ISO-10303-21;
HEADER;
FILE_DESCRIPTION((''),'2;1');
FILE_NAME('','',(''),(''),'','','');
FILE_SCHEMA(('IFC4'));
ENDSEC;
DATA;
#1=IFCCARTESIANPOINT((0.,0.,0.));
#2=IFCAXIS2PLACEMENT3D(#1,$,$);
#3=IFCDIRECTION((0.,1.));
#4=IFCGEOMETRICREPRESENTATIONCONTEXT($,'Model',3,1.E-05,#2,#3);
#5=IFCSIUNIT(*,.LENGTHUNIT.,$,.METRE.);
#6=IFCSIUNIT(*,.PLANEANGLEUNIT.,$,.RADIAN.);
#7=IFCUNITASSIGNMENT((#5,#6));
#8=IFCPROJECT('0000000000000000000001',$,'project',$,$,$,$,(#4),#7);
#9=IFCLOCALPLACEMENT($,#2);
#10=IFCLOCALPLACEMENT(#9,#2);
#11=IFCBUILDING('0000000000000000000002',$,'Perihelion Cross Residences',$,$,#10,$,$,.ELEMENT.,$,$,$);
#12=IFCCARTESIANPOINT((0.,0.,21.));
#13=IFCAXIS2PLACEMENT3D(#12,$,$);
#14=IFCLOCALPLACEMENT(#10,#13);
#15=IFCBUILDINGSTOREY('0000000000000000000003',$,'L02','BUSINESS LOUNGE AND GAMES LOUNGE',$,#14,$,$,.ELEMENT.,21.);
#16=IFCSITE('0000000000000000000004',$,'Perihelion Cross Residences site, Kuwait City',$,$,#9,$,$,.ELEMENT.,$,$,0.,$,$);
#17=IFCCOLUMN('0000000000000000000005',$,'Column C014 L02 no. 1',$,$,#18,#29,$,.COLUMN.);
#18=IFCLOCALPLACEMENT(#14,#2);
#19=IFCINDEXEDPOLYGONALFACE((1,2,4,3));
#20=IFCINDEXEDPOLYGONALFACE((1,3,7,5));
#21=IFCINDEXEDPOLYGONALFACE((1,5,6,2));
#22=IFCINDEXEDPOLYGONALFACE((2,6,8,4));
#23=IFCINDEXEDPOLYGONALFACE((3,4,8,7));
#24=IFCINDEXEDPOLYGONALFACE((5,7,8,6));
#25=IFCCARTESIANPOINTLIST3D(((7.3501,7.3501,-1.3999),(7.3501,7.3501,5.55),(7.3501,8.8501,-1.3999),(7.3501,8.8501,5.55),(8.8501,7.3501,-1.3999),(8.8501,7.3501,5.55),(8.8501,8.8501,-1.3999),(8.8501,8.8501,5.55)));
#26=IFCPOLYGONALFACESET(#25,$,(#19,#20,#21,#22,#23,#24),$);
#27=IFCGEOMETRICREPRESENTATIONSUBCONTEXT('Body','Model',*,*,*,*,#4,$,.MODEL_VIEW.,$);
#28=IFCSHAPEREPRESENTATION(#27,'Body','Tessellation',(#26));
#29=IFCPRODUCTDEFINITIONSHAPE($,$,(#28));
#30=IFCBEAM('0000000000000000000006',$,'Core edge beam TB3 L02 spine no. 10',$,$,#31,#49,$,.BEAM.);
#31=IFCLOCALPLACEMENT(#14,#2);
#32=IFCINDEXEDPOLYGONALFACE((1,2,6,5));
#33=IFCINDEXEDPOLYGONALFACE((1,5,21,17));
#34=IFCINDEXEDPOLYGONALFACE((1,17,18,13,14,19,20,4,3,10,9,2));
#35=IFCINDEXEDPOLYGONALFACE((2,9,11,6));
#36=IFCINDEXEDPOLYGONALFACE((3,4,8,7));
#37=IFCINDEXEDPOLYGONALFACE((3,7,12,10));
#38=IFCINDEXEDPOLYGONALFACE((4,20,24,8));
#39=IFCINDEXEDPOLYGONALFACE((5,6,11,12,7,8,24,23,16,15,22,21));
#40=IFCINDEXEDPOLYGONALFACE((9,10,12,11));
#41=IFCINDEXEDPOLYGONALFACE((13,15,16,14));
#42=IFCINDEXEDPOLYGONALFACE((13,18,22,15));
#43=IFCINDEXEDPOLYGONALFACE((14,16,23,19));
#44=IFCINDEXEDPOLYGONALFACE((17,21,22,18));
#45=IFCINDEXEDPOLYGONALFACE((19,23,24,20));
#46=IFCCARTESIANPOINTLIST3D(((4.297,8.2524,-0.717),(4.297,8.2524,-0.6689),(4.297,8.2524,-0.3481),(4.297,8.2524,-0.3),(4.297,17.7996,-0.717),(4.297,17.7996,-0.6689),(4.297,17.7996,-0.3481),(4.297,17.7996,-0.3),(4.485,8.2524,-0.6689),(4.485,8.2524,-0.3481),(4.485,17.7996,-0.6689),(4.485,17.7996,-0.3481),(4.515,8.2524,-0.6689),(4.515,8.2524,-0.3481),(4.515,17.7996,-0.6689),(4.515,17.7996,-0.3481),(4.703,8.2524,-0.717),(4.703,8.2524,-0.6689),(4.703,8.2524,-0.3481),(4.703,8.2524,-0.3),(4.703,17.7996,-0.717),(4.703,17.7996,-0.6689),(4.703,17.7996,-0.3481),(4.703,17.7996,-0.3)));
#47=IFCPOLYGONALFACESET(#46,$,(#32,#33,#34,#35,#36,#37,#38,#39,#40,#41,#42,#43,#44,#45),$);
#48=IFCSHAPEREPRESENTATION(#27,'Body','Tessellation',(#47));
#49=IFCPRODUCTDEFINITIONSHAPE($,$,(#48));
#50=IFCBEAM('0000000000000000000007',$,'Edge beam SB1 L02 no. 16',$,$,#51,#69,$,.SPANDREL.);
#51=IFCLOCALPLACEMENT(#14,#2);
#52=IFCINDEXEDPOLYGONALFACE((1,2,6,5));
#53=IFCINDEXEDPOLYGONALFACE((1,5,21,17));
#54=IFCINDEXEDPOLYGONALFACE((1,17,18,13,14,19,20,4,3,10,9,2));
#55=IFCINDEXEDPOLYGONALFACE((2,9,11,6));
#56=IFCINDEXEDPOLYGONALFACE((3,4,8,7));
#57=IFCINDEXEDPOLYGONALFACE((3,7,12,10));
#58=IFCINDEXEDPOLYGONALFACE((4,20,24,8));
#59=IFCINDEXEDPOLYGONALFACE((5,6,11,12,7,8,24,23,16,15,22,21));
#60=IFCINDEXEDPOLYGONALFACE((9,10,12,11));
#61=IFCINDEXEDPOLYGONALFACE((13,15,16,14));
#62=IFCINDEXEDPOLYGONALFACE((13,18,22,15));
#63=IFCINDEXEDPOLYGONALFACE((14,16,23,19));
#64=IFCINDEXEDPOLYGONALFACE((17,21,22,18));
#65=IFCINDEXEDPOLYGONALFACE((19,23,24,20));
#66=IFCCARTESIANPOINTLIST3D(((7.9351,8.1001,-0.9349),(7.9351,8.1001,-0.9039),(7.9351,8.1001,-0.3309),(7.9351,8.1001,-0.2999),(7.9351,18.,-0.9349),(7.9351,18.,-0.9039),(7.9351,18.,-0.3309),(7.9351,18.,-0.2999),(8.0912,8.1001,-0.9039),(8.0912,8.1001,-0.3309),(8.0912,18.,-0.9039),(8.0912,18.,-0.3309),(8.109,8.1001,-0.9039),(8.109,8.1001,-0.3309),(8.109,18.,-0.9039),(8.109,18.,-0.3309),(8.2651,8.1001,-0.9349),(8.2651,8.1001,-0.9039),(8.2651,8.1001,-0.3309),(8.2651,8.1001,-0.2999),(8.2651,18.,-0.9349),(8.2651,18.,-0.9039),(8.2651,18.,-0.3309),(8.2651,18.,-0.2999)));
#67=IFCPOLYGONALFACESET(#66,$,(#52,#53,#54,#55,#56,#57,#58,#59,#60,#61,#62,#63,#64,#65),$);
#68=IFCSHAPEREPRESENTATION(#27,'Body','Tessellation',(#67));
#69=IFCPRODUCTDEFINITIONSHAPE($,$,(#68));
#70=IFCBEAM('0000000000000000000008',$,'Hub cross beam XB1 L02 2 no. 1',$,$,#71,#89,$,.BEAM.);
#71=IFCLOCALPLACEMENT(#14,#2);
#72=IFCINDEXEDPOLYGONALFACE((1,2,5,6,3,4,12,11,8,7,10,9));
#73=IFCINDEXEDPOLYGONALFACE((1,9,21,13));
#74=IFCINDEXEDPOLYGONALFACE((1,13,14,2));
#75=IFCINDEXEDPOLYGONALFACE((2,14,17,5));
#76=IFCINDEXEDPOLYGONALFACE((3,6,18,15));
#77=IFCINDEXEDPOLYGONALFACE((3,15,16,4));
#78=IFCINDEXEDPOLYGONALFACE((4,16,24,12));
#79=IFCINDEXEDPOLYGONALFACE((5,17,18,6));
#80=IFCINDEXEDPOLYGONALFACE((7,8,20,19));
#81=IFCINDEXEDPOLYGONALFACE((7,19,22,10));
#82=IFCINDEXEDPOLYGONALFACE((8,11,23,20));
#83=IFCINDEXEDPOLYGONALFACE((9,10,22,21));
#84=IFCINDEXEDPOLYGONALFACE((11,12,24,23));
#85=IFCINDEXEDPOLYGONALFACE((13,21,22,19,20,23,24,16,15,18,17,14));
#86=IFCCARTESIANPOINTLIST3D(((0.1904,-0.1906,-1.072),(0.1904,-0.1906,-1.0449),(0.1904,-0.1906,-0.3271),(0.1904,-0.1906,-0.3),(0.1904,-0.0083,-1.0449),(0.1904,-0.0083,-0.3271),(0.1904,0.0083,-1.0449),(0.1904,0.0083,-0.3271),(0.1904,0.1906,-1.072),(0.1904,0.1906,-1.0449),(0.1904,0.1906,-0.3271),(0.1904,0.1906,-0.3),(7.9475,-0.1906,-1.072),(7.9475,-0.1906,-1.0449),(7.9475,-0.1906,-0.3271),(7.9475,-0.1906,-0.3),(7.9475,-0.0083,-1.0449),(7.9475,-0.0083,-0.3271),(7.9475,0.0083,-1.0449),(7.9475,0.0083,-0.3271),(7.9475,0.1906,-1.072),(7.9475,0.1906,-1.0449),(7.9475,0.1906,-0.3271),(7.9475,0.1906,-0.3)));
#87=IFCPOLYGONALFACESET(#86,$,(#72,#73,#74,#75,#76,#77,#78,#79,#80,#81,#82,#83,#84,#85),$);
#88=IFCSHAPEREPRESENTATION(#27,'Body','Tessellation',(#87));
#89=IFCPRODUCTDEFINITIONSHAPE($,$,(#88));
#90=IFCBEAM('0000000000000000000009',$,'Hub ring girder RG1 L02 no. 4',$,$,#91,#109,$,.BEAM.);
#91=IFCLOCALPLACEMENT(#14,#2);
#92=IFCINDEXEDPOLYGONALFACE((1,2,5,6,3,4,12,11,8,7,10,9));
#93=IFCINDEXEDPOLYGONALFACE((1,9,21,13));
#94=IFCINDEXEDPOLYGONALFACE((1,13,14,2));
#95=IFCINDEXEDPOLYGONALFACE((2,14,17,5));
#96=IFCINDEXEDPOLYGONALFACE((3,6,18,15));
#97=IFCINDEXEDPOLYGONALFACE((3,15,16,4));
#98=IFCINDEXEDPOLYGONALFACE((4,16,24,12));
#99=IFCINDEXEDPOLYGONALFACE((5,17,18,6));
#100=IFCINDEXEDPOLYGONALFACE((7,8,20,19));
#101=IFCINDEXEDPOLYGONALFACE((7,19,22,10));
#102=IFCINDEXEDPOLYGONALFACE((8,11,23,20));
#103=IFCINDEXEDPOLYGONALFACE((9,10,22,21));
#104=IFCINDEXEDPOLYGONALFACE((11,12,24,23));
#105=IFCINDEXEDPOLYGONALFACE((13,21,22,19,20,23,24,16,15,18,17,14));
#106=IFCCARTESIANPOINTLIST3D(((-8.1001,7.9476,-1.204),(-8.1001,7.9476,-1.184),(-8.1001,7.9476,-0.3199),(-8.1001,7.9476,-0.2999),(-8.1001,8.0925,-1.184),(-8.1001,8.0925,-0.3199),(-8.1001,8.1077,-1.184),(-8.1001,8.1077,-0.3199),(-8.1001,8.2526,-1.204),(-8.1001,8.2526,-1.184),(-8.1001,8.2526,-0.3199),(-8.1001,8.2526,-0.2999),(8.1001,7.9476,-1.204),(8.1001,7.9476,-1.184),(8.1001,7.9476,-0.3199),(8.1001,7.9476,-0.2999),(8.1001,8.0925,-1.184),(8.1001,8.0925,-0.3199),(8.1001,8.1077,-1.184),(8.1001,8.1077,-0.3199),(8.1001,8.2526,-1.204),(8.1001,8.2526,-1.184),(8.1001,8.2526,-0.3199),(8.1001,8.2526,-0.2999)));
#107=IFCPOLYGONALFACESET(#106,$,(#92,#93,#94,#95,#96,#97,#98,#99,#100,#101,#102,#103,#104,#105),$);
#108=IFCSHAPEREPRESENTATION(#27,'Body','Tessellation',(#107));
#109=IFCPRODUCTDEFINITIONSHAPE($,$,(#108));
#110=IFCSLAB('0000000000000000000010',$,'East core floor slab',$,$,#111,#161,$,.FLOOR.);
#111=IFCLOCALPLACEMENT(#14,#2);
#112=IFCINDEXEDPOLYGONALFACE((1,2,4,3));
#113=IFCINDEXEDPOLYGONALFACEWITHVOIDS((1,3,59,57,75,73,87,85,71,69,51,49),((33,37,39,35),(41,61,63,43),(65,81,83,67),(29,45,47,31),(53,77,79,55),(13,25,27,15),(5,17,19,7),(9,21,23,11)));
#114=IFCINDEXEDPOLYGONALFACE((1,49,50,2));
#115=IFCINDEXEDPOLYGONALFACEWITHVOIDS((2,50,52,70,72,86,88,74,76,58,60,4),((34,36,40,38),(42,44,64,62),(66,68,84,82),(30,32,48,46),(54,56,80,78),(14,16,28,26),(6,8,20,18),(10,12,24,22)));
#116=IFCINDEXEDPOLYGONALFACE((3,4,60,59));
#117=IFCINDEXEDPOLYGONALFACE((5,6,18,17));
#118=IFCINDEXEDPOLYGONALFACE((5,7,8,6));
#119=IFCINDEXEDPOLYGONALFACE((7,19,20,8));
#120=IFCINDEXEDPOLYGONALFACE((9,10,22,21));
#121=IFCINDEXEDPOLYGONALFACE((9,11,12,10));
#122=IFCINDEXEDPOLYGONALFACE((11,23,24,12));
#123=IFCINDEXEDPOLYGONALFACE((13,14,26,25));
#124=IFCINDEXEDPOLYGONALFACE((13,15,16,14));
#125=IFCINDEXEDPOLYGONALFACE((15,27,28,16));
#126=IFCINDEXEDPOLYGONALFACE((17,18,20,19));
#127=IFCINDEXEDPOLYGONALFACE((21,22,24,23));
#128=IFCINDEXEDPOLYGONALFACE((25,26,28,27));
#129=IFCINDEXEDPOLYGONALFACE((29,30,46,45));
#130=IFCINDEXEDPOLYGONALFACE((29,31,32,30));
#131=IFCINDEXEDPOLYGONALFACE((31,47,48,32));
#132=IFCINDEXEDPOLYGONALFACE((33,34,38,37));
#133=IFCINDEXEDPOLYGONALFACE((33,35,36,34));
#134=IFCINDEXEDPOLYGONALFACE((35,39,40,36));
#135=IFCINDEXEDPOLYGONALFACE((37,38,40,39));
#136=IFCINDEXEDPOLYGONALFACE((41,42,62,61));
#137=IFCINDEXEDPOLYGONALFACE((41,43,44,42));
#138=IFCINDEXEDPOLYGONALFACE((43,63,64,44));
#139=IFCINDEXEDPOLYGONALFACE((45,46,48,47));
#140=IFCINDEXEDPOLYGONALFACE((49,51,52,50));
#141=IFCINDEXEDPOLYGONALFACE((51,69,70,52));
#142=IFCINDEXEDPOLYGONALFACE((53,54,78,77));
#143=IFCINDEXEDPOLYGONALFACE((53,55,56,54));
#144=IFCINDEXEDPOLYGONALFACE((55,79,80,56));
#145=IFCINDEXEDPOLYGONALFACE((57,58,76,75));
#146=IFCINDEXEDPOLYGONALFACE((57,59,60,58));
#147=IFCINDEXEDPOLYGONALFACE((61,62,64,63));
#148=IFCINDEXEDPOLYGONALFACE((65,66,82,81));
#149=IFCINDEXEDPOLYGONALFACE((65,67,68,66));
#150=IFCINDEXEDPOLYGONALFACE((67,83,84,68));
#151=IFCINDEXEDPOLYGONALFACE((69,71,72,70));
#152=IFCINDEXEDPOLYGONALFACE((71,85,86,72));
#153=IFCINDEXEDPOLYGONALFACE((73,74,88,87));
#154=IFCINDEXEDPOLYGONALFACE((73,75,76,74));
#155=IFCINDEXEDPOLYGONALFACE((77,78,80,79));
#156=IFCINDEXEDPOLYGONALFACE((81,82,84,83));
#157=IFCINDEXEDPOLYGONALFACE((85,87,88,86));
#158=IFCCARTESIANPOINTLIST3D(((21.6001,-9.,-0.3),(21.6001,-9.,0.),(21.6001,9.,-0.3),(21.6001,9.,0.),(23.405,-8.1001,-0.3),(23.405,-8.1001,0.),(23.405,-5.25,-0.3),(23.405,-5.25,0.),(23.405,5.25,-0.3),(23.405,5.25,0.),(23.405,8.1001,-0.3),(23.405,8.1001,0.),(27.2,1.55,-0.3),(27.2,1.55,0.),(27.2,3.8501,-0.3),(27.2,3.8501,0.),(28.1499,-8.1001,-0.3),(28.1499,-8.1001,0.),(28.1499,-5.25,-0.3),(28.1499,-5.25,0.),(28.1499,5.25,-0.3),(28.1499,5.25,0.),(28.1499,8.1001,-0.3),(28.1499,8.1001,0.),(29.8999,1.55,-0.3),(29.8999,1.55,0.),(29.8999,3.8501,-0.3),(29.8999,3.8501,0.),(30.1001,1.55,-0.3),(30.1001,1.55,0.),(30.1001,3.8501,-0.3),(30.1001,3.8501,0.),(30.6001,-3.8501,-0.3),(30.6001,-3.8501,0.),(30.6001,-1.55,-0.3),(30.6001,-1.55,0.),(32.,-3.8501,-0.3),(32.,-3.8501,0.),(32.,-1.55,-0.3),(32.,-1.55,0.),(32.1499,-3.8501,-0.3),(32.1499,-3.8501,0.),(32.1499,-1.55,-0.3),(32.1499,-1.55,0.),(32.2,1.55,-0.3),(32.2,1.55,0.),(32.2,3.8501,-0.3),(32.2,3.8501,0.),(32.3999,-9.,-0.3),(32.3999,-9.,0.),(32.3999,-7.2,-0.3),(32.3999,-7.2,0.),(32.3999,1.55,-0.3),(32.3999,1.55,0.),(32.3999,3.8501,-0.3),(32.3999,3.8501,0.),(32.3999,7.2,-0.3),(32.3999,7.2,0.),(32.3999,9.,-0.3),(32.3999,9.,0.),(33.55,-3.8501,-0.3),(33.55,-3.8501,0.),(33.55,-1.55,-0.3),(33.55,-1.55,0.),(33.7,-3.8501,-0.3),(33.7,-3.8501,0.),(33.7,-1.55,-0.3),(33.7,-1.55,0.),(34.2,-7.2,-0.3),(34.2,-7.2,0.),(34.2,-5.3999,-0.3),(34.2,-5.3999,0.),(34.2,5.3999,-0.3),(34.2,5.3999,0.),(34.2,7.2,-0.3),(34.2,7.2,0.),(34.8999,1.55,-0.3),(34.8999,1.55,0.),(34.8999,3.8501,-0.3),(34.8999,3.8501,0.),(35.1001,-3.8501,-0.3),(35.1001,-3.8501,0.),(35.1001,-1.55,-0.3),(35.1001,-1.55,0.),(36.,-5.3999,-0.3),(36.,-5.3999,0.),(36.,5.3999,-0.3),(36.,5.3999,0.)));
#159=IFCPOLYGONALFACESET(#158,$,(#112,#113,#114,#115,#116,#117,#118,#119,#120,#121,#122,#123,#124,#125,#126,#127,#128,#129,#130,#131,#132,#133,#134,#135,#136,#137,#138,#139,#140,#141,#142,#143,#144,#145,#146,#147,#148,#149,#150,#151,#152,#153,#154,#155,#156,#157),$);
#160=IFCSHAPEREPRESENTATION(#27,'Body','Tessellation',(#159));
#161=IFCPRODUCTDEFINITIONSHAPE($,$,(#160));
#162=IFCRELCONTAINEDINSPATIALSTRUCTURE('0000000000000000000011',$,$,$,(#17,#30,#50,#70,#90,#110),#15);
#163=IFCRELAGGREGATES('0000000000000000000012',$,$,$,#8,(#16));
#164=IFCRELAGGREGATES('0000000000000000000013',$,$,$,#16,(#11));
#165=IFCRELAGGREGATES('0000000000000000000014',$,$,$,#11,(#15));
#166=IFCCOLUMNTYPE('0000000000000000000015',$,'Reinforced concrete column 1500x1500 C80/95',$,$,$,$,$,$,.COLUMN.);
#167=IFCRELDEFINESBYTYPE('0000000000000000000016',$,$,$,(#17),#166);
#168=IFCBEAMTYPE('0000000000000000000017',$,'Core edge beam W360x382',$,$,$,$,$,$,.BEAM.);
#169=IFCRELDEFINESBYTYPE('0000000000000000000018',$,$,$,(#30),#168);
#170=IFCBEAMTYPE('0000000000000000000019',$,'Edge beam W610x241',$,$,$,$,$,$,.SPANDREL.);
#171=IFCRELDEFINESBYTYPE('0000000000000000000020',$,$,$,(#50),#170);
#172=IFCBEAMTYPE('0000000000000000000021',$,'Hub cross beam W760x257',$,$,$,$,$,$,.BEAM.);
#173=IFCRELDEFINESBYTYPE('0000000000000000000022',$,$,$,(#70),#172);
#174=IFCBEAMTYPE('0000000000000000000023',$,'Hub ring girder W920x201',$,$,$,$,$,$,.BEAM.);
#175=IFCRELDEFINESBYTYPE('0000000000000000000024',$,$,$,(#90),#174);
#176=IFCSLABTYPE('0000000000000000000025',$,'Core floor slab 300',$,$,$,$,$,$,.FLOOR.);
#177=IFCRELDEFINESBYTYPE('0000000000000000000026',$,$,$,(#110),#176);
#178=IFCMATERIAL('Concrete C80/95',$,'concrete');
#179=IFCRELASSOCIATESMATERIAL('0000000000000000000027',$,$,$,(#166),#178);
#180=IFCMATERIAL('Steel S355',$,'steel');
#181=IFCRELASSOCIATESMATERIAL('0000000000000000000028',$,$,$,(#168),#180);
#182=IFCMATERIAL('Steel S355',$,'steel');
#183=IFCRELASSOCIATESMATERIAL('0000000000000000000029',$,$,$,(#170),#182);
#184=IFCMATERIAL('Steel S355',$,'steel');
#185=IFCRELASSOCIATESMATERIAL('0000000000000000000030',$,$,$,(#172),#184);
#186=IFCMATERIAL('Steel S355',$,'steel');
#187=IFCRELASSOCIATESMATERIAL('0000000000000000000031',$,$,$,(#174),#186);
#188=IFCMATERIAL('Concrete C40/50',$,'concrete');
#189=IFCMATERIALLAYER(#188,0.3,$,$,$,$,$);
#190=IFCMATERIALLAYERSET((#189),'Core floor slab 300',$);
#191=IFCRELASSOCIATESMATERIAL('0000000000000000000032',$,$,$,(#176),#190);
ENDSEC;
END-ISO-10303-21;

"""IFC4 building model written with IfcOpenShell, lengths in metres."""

from ifc_helpers import new_model, si_unit, direction, frame, origin, origin_2d, place, context, subcontext, project, spatial, polyline, rectangle, i_section, outline, extrude, material, layer, layer_set, material_profile, profile_set, type_object, element, save


model = new_model("IFC4")

# Units and contexts
model_context = context("Model", 3, precision=1e-05, world=origin(), true_north=direction((0.0, 1.0)))
body_context = subcontext(model_context, "Body", "Model", "MODEL_VIEW")
ifc_project = project(units=[si_unit("LENGTHUNIT", "METRE"), si_unit("PLANEANGLEUNIT", "RADIAN")], contexts=[model_context])

# Site, building, storey
site_placement = place(None, origin())
site = spatial("IfcSite", under=ifc_project, at=site_placement, Name="Perihelion Cross Residences site, Kuwait City", CompositionType="ELEMENT", RefElevation=0.0)
building_placement = place(site_placement, origin())
building = spatial("IfcBuilding", under=site, at=building_placement, Name="Perihelion Cross Residences", CompositionType="ELEMENT")
storey_placement = place(building_placement, frame((0.0, 0.0, 21.0)))
storey = spatial("IfcBuildingStorey", under=building, at=storey_placement, Name="L02", Description="BUSINESS LOUNGE AND GAMES LOUNGE", CompositionType="ELEMENT", Elevation=21.0)

# Column
ifc_material_1 = material(Name="Concrete C80/95", Category="concrete")
ifc_material_profile_1 = material_profile(ifc_material_1, rectangle(XDim=1.5, YDim=1.5, at=origin_2d()), Name="RC 1500x1500")
ifc_profile_set_1 = profile_set([ifc_material_profile_1], Name="Concrete C80/95")
column_type = type_object("IfcColumnType", Name="Reinforced concrete column 1500x1500 C80/95", PredefinedType="COLUMN", material=ifc_profile_set_1)
column_placement = place(storey_placement, frame((8.1001, 8.1001, -1.3999), z_axis=(0.0, 0.0, 1.0), x_axis=(1.0, 0.0, 0.0)))
element("IfcColumn", 1, at=column_placement, inside=storey, type_object=column_type, Name="Column C014 L02 no. 1", PredefinedType="COLUMN", context=body_context, shape_type="SweptSolid", body=[
    extrude(rectangle(XDim=1.5, YDim=1.5, at=origin_2d()), origin(), (0.0, 0.0, 1.0), 6.95),
])

# Beams
ifc_material_2 = material(Name="Steel S355", Category="steel")
ifc_material_profile_2 = material_profile(ifc_material_2, i_section(OverallWidth=0.406, OverallDepth=0.417, WebThickness=0.03, FlangeThickness=0.0481, at=origin_2d()), Name="W360x382")
ifc_profile_set_2 = profile_set([ifc_material_profile_2], Name="Steel S355")
beam_type_1 = type_object("IfcBeamType", Name="Core edge beam W360x382", PredefinedType="BEAM", material=ifc_profile_set_2)
beam_1_placement = place(storey_placement, frame((4.5, 8.2524, -0.5085), z_axis=(0.0, 1.0, 0.0), x_axis=(-1.0, 0.0, 0.0)))
element("IfcBeam", 2, at=beam_1_placement, inside=storey, type_object=beam_type_1, Name="Core edge beam TB3 L02 spine no. 10", PredefinedType="BEAM", context=body_context, shape_type="SweptSolid", body=[
    extrude(i_section(OverallWidth=0.406, OverallDepth=0.417, WebThickness=0.03, FlangeThickness=0.0481, at=origin_2d()), origin(), (0.0, 0.0, 1.0), 9.5471),
])
ifc_material_3 = material(Name="Steel S355", Category="steel")
ifc_material_profile_3 = material_profile(ifc_material_3, i_section(OverallWidth=0.3301, OverallDepth=0.635, WebThickness=0.0178, FlangeThickness=0.031, at=origin_2d()), Name="W610x241")
ifc_profile_set_3 = profile_set([ifc_material_profile_3], Name="Steel S355")
beam_type_2 = type_object("IfcBeamType", Name="Edge beam W610x241", PredefinedType="SPANDREL", material=ifc_profile_set_3)
beam_2_placement = place(storey_placement, frame((8.1001, 8.1001, -0.6174), z_axis=(0.0, 1.0, 0.0), x_axis=(-1.0, 0.0, 0.0)))
element("IfcBeam", 3, at=beam_2_placement, inside=storey, type_object=beam_type_2, Name="Edge beam SB1 L02 no. 16", PredefinedType="SPANDREL", context=body_context, shape_type="SweptSolid", body=[
    extrude(i_section(OverallWidth=0.3301, OverallDepth=0.635, WebThickness=0.0178, FlangeThickness=0.031, at=origin_2d()), origin(), (0.0, 0.0, 1.0), 9.8999),
])
ifc_material_4 = material(Name="Steel S355", Category="steel")
ifc_material_profile_4 = material_profile(ifc_material_4, i_section(OverallWidth=0.3811, OverallDepth=0.772, WebThickness=0.0166, FlangeThickness=0.0271, at=origin_2d()), Name="W760x257")
ifc_profile_set_4 = profile_set([ifc_material_profile_4], Name="Steel S355")
beam_type_3 = type_object("IfcBeamType", Name="Hub cross beam W760x257", PredefinedType="BEAM", material=ifc_profile_set_4)
beam_3_placement = place(storey_placement, frame((0.1904, 0.0, -0.686), z_axis=(1.0, 0.0, 0.0), x_axis=(0.0, 1.0, 0.0)))
element("IfcBeam", 4, at=beam_3_placement, inside=storey, type_object=beam_type_3, Name="Hub cross beam XB1 L02 2 no. 1", PredefinedType="BEAM", context=body_context, shape_type="SweptSolid", body=[
    extrude(i_section(OverallWidth=0.3811, OverallDepth=0.772, WebThickness=0.0166, FlangeThickness=0.0271, at=origin_2d()), origin(), (0.0, 0.0, 1.0), 7.7571),
])
ifc_material_5 = material(Name="Steel S355", Category="steel")
ifc_material_profile_5 = material_profile(ifc_material_5, i_section(OverallWidth=0.3049, OverallDepth=0.9041, WebThickness=0.0151, FlangeThickness=0.02, at=origin_2d()), Name="W920x201")
ifc_profile_set_5 = profile_set([ifc_material_profile_5], Name="Steel S355")
beam_type_4 = type_object("IfcBeamType", Name="Hub ring girder W920x201", PredefinedType="BEAM", material=ifc_profile_set_5)
beam_4_placement = place(storey_placement, frame((8.1001, 8.1001, -0.752), z_axis=(-1.0, 0.0, 0.0), x_axis=(0.0, -1.0, 0.0)))
element("IfcBeam", 5, at=beam_4_placement, inside=storey, type_object=beam_type_4, Name="Hub ring girder RG1 L02 no. 4", PredefinedType="BEAM", context=body_context, shape_type="SweptSolid", body=[
    extrude(i_section(OverallWidth=0.3049, OverallDepth=0.9041, WebThickness=0.0151, FlangeThickness=0.02, at=origin_2d()), origin(), (0.0, 0.0, 1.0), 16.2002),
])

# Slab
ifc_material_6 = material(Name="Concrete C40/50", Category="concrete")
ifc_layer_1 = layer(ifc_material_6, 0.3)
ifc_layer_set_1 = layer_set([ifc_layer_1], Name="Core floor slab 300")
slab_type_1 = type_object("IfcSlabType", Name="Core floor slab 300", PredefinedType="FLOOR", material=ifc_layer_set_1)
slab_1_placement = place(storey_placement, frame((0.0, 0.0, -0.3)))
element("IfcSlab", 6, at=slab_1_placement, inside=storey, type_object=slab_type_1, Name="East core floor slab", PredefinedType="FLOOR", context=body_context, shape_type="SweptSolid", body=[
    extrude(outline(polyline([(32.3999, 7.2), (34.2, 7.2), (34.2, 5.3999), (36.0, 5.3999), (36.0, -5.3999), (34.2, -5.3999), (34.2, -7.2), (32.3999, -7.2), (32.3999, -9.0), (21.6001, -9.0), (21.6001, 9.0), (32.3999, 9.0), (32.3999, 7.2)]), holes=[polyline([(23.405, -8.1001), (28.1499, -8.1001), (28.1499, -5.25), (23.405, -5.25), (23.405, -8.1001)]), polyline([(30.6001, -1.55), (30.6001, -3.8501), (32.0, -3.8501), (32.0, -1.55), (30.6001, -1.55)]), polyline([(32.1499, -1.55), (32.1499, -3.8501), (33.55, -3.8501), (33.55, -1.55), (32.1499, -1.55)]), polyline([(33.7, -1.55), (33.7, -3.8501), (35.1001, -3.8501), (35.1001, -1.55), (33.7, -1.55)]), polyline([(27.2, 3.8501), (27.2, 1.55), (29.8999, 1.55), (29.8999, 3.8501), (27.2, 3.8501)]), polyline([(30.1001, 3.8501), (30.1001, 1.55), (32.2, 1.55), (32.2, 3.8501), (30.1001, 3.8501)]), polyline([(32.3999, 3.8501), (32.3999, 1.55), (34.8999, 1.55), (34.8999, 3.8501), (32.3999, 3.8501)]), polyline([(23.405, 5.25), (28.1499, 5.25), (28.1499, 8.1001), (23.405, 8.1001), (23.405, 5.25)])]), origin(), (0.0, 0.0, 1.0), 0.3),
])

save(model, "model.ifc")
